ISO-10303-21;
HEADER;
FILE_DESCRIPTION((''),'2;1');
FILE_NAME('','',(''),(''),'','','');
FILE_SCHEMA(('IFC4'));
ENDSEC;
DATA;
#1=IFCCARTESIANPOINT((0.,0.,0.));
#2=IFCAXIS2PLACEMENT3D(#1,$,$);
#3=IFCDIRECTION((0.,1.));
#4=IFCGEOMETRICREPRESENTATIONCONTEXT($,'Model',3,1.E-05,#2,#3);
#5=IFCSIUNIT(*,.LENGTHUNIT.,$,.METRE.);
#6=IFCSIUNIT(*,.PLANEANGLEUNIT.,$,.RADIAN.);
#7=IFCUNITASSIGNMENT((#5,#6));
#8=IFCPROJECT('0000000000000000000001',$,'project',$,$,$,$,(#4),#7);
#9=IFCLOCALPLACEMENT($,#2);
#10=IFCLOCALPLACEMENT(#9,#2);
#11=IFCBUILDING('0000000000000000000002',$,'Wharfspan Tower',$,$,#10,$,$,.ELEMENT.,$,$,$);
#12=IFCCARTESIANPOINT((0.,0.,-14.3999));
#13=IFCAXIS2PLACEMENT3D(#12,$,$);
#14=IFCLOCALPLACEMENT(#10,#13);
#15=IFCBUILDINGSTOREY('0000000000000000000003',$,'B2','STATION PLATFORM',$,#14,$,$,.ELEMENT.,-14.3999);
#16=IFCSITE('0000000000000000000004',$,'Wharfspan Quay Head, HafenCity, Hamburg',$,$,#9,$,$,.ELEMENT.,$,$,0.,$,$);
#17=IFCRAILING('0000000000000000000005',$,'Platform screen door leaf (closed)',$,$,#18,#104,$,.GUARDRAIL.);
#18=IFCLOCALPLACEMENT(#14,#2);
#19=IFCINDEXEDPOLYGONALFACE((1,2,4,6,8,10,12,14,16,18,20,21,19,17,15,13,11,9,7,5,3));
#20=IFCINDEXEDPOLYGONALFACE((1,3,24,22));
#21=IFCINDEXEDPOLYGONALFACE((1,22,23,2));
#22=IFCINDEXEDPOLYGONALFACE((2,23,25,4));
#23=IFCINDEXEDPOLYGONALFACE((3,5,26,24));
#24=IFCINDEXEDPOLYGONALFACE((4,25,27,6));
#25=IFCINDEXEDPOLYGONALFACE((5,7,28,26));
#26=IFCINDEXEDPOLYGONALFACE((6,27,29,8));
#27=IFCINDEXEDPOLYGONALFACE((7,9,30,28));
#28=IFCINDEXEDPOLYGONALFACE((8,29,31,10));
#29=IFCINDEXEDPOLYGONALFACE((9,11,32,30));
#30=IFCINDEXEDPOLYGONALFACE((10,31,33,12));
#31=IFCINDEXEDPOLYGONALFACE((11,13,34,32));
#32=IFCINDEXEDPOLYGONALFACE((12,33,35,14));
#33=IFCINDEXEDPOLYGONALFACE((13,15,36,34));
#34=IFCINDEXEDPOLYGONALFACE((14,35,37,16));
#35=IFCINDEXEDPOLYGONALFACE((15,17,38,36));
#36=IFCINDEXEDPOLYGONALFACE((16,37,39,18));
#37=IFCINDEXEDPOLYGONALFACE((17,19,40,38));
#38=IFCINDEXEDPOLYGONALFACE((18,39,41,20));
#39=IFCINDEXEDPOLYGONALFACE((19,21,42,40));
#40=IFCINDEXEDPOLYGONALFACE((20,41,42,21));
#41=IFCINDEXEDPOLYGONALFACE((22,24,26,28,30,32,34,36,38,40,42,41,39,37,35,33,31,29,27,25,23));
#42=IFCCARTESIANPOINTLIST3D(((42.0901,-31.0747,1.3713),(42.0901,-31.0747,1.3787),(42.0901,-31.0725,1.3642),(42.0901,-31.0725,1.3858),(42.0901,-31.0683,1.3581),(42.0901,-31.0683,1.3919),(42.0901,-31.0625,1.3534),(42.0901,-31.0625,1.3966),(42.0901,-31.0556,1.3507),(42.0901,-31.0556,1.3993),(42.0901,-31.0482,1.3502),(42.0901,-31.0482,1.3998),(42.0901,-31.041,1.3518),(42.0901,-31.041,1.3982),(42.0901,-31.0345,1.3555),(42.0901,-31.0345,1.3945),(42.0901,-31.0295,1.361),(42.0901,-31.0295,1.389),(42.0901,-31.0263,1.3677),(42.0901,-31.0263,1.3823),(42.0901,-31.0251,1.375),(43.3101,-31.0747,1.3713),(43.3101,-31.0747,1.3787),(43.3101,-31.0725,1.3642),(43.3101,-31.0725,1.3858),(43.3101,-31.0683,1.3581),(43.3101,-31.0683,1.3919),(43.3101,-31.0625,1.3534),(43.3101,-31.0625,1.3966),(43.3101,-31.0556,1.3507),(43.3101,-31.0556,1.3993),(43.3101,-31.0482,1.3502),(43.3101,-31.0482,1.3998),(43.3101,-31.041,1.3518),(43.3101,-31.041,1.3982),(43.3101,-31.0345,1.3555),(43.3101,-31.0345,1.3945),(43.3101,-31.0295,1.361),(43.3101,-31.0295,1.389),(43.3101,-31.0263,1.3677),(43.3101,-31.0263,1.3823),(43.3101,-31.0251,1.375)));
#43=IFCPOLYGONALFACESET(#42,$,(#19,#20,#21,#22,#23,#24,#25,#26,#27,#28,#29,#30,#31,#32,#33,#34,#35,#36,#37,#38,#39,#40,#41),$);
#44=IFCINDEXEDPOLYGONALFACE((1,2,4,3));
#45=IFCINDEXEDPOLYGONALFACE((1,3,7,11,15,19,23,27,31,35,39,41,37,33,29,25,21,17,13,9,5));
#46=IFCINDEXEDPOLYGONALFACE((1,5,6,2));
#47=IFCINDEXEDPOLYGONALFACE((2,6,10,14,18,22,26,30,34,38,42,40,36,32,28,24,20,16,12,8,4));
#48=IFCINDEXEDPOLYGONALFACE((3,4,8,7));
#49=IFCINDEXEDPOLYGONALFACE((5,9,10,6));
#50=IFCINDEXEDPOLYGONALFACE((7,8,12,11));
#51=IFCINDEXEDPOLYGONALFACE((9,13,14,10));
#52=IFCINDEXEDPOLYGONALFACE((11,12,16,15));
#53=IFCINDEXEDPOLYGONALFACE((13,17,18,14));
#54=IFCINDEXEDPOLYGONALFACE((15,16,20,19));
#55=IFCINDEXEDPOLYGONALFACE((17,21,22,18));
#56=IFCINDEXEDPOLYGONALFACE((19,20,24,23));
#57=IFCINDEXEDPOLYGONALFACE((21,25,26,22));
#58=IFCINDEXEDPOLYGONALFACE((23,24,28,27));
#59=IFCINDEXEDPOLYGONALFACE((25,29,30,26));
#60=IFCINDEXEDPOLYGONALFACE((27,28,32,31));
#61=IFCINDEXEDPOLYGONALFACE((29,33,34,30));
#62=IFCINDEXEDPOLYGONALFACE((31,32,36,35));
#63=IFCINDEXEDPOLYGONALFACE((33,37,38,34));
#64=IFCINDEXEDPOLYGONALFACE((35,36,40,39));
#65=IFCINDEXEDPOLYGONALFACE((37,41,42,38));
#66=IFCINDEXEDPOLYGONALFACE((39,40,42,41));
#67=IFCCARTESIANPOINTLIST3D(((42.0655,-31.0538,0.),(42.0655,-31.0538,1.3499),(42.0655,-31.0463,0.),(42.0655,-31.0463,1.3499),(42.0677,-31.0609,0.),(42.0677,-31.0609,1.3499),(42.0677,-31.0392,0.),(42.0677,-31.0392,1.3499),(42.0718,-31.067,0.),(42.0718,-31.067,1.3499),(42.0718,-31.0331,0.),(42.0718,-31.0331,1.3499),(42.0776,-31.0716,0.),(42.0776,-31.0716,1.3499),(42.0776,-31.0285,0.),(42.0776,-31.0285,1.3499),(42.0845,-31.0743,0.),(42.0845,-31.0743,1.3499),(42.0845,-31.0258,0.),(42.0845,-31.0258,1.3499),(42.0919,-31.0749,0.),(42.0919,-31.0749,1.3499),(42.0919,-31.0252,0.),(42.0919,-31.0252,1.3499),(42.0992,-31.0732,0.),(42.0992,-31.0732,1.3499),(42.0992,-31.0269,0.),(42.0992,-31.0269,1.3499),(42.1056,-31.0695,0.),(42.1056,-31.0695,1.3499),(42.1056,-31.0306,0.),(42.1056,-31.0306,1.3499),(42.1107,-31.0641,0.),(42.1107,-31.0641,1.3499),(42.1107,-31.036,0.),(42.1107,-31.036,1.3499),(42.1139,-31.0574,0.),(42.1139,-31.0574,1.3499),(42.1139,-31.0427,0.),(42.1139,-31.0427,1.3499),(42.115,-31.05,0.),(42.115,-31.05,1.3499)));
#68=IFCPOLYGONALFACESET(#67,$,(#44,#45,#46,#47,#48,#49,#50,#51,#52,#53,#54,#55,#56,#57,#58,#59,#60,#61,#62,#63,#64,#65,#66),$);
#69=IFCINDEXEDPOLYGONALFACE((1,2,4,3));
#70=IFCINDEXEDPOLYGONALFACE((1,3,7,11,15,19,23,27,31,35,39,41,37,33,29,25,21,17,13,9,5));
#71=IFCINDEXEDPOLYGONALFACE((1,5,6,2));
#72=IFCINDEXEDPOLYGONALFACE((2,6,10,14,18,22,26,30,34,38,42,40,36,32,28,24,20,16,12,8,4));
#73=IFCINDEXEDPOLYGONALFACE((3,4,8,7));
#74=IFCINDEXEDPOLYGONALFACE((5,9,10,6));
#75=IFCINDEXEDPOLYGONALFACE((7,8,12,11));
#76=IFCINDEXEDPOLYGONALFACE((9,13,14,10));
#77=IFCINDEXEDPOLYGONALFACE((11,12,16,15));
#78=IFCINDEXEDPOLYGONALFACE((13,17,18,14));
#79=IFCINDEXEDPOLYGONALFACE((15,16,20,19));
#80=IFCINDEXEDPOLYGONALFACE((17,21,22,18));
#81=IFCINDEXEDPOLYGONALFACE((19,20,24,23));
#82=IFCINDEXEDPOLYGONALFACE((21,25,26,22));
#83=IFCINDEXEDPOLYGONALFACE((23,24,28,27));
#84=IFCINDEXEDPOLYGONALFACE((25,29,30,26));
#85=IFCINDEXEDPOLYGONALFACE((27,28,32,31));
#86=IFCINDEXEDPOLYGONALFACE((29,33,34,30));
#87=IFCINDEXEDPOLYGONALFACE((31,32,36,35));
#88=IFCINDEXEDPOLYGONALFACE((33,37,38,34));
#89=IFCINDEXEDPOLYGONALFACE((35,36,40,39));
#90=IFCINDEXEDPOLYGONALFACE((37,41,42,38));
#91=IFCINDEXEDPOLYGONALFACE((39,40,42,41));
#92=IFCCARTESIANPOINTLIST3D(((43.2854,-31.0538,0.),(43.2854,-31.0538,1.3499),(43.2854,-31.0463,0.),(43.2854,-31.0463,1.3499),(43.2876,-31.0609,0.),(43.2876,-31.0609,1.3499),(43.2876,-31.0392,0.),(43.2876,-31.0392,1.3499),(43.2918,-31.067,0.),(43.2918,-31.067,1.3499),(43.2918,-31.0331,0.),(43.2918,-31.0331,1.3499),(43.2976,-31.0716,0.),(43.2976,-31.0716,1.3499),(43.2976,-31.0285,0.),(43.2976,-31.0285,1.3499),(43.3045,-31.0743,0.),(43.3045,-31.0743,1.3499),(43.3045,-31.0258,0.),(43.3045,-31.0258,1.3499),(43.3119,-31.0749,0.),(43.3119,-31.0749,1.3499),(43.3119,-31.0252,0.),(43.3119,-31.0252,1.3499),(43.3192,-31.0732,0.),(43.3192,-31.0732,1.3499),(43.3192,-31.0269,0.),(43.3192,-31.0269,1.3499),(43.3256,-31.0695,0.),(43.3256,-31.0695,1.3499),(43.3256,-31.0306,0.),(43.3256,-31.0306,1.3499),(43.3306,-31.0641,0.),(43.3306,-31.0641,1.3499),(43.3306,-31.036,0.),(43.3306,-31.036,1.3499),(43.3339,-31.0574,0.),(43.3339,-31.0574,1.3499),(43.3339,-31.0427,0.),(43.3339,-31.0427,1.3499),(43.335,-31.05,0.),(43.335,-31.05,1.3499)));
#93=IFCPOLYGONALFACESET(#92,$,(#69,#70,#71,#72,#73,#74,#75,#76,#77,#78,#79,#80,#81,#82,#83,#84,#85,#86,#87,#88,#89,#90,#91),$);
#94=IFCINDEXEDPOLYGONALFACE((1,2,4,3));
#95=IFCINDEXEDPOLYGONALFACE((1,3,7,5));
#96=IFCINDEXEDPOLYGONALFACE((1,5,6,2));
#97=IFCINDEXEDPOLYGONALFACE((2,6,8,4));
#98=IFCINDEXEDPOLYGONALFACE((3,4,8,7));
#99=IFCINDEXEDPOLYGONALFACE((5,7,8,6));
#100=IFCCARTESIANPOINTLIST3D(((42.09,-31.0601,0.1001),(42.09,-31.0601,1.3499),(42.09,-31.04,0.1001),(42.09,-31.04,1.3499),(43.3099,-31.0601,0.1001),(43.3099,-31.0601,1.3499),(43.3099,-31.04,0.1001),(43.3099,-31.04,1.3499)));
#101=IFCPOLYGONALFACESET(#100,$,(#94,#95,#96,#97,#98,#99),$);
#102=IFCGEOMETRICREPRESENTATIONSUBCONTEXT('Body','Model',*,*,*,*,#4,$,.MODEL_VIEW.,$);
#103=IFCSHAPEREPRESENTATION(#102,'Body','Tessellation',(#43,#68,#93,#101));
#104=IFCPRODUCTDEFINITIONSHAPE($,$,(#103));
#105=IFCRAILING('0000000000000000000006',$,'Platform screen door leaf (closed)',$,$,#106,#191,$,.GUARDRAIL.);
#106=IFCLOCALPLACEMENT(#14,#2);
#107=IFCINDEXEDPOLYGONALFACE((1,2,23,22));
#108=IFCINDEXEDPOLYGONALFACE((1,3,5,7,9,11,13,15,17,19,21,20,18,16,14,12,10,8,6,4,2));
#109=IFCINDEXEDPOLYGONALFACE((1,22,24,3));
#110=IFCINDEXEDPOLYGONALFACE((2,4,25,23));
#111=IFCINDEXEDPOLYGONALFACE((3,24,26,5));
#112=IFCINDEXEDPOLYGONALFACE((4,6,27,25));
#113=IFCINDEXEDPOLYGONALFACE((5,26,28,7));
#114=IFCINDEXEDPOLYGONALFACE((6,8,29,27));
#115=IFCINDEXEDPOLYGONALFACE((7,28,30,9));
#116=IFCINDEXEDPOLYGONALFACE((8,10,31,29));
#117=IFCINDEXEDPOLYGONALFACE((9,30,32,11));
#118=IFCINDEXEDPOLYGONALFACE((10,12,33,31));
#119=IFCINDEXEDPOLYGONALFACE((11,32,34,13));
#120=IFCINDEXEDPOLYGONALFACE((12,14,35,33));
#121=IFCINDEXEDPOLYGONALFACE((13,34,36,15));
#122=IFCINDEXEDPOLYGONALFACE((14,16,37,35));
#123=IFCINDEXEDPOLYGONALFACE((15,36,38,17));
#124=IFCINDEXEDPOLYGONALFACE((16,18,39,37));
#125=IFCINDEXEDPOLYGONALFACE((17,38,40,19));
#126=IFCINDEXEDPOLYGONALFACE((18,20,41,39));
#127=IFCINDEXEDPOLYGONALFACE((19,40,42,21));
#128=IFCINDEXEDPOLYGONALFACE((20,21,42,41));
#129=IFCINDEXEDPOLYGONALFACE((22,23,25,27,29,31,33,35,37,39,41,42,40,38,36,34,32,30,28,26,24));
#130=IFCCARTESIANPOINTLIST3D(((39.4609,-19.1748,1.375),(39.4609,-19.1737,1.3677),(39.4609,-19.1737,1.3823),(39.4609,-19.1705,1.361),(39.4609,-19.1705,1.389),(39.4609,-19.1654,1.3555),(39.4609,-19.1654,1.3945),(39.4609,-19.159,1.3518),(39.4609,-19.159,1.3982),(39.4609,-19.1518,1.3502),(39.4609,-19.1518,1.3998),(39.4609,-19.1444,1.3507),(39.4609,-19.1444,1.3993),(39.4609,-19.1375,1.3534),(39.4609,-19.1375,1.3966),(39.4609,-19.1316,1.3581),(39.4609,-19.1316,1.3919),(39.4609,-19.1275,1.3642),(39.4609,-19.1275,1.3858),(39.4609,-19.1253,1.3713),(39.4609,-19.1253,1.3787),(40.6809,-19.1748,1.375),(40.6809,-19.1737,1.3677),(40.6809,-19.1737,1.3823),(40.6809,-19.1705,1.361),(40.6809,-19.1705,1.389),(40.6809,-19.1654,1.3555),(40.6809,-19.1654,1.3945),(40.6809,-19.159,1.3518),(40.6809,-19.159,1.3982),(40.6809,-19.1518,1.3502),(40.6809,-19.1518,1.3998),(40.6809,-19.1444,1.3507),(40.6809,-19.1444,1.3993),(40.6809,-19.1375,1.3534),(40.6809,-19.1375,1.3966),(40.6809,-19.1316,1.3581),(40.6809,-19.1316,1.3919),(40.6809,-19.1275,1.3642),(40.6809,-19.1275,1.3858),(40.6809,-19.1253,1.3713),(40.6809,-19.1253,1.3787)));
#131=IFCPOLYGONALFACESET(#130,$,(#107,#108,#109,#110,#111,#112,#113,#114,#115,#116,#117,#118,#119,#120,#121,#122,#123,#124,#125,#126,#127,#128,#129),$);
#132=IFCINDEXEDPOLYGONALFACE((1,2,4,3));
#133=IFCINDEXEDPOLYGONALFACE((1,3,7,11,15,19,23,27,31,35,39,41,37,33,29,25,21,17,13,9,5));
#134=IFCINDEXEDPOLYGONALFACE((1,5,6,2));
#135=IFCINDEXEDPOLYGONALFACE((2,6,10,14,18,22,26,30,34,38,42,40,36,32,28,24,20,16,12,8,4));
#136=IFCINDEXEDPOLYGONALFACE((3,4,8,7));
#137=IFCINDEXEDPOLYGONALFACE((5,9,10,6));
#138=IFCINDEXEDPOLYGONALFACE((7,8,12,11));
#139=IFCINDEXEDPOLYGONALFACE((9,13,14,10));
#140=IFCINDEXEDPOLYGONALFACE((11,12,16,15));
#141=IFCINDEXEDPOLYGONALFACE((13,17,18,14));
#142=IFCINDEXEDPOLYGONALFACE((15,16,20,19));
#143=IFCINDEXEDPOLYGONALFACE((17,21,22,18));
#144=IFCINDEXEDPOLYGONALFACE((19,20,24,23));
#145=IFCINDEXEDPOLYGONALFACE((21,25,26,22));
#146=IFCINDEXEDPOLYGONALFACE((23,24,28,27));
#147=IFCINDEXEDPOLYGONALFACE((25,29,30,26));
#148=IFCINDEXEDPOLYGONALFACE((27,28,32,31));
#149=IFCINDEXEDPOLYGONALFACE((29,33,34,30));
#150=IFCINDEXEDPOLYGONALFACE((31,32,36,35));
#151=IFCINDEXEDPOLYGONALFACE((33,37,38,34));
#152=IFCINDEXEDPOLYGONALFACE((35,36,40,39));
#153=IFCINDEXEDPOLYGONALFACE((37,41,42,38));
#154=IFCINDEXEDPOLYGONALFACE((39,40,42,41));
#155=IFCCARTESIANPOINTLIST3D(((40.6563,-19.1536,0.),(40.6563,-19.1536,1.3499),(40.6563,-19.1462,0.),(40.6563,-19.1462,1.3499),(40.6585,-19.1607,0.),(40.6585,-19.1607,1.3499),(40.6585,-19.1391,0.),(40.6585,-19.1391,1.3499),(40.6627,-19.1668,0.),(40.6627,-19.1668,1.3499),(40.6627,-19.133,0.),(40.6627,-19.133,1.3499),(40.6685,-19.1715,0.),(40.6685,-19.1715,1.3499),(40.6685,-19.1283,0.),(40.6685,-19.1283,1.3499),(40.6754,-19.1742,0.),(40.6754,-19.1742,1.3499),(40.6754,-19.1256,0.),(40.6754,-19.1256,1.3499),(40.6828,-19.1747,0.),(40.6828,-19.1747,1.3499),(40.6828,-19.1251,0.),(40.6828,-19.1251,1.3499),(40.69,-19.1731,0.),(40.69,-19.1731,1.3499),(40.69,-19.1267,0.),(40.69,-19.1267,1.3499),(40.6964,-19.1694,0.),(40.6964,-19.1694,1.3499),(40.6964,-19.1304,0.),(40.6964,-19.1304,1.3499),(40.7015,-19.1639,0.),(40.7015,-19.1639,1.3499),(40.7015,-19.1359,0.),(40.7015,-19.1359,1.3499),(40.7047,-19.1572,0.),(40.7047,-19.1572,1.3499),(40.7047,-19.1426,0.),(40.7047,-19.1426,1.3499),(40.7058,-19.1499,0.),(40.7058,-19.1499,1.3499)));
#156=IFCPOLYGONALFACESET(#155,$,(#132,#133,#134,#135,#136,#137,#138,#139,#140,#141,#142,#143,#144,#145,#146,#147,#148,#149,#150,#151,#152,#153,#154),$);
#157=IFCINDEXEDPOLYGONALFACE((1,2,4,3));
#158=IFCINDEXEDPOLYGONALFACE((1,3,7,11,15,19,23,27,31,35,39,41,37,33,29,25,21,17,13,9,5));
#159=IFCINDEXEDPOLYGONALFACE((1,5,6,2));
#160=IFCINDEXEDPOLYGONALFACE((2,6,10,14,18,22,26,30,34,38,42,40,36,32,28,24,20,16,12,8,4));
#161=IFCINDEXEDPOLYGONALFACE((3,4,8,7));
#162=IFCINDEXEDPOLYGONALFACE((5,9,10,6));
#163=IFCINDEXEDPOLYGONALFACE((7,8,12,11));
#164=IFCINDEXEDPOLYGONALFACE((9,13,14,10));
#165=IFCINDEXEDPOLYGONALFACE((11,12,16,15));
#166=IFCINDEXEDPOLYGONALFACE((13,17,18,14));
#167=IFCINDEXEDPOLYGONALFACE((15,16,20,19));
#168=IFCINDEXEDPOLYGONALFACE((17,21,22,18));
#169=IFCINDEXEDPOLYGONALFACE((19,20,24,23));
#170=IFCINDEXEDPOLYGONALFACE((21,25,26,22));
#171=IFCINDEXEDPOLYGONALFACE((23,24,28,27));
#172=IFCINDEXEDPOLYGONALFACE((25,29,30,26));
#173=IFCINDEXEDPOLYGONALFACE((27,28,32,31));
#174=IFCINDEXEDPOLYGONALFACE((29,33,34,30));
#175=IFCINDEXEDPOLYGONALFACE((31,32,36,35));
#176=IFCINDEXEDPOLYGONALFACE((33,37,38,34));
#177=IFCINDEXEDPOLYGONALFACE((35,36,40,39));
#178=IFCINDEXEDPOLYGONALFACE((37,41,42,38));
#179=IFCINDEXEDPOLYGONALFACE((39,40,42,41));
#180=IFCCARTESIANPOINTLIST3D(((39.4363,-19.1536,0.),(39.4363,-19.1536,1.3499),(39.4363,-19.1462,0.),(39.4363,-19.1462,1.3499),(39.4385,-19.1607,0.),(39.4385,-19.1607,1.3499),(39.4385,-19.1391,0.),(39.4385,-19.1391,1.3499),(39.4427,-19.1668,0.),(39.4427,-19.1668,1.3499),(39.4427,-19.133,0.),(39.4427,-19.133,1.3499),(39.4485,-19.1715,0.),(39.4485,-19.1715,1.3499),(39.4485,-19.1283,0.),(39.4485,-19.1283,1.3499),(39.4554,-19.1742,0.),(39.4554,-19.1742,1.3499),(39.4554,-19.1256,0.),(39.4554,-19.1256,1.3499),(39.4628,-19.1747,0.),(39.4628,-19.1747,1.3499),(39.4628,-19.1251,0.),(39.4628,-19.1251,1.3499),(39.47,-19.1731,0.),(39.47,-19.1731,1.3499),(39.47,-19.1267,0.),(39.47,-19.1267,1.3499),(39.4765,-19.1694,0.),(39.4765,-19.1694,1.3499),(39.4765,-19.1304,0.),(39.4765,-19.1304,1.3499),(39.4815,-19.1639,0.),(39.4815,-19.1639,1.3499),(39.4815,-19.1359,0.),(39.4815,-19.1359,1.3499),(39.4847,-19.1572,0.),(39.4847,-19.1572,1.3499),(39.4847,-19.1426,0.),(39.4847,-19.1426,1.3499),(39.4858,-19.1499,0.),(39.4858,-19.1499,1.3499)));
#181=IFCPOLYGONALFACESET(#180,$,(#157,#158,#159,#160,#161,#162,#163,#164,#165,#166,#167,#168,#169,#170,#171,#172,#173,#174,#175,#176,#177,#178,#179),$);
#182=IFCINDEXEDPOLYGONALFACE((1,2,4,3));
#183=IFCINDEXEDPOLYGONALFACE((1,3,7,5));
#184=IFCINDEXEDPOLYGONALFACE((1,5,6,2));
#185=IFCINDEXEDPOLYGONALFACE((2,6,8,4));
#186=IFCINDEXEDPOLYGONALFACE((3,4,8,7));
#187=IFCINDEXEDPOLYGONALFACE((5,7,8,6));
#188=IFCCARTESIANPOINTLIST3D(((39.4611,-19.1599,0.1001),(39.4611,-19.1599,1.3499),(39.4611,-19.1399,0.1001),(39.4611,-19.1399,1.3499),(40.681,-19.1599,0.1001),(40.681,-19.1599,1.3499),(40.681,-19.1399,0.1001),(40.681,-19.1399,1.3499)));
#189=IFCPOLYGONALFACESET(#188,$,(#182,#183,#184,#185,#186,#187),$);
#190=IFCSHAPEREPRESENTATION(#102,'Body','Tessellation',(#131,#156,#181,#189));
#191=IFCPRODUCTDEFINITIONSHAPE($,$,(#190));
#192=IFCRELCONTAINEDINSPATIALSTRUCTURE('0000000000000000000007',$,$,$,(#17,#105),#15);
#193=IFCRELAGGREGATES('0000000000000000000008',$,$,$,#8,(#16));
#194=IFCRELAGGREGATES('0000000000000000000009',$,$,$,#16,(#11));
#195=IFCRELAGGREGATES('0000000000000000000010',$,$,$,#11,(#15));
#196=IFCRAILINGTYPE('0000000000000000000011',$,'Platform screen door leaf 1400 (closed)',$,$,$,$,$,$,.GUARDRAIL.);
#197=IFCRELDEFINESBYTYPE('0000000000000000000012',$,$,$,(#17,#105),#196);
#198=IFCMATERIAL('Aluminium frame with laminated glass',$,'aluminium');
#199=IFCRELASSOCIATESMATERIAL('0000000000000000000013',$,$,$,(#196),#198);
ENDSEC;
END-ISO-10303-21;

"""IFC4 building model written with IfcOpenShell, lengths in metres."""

from ifc_helpers import new_model, si_unit, direction, frame, origin, origin_2d, place, context, subcontext, project, spatial, rectangle, circle, extrude, material, type_object, element, save


model = new_model("IFC4")

# Units and contexts
model_context = context("Model", 3, precision=1e-05, world=origin(), true_north=direction((0.0, 1.0)))
body_context = subcontext(model_context, "Body", "Model", "MODEL_VIEW")
ifc_project = project(units=[si_unit("LENGTHUNIT", "METRE"), si_unit("PLANEANGLEUNIT", "RADIAN")], contexts=[model_context])

# Site, building, storey
site_placement = place(None, origin())
site = spatial("IfcSite", under=ifc_project, at=site_placement, Name="Wharfspan Quay Head, HafenCity, Hamburg", CompositionType="ELEMENT", RefElevation=0.0)
building_placement = place(site_placement, origin())
building = spatial("IfcBuilding", under=site, at=building_placement, Name="Wharfspan Tower", CompositionType="ELEMENT")
storey_placement = place(building_placement, frame((0.0, 0.0, -14.3999)))
storey = spatial("IfcBuildingStorey", under=building, at=storey_placement, Name="B2", Description="STATION PLATFORM", CompositionType="ELEMENT", Elevation=-14.3999)

# Railings
ifc_material_1 = material(Name="Aluminium frame with laminated glass", Category="aluminium")
railing_type_1 = type_object("IfcRailingType", Name="Platform screen door leaf 1400 (closed)", PredefinedType="GUARDRAIL", material=ifc_material_1)
for number, where, name in (
    (1, (42.0901, -31.05, 0.0), "Platform screen door leaf (closed)"),
):
    element("IfcRailing", number, at=place(storey_placement, frame(where)), inside=storey, type_object=railing_type_1, Name=name, PredefinedType="GUARDRAIL", context=body_context, shape_type="SweptSolid", body=[
        extrude(circle(Radius=0.0249, at=origin_2d()), frame((0.0, 0.0, 1.375), z_axis=(1.0, 0.0, 0.0), x_axis=(0.0, 1.0, 0.0)), (0.0, 0.0, 1.0), 1.22),
        extrude(circle(Radius=0.0249, at=origin_2d()), origin(), (0.0, 0.0, 1.0), 1.3499),
        extrude(circle(Radius=0.0249, at=origin_2d()), frame((1.22, 0.0, 0.0)), (0.0, 0.0, 1.0), 1.3499),
        extrude(rectangle(XDim=1.22, YDim=0.02, at=origin_2d()), frame((0.6099, 0.0, 0.1001), z_axis=(0.0, 0.0, 1.0), x_axis=(1.0, 0.0, 0.0)), (0.0, 0.0, 1.0), 1.2498),
    ])
for number, where, name in (
    (2, (40.6809, -19.1499, 0.0), "Platform screen door leaf (closed)"),
):
    element("IfcRailing", number, at=place(storey_placement, frame(where)), inside=storey, type_object=railing_type_1, Name=name, PredefinedType="GUARDRAIL", context=body_context, shape_type="SweptSolid", body=[
        extrude(circle(Radius=0.0249, at=origin_2d()), frame((0.0, 0.0, 1.375), z_axis=(-1.0, 0.0, 0.0), x_axis=(0.0, -1.0, 0.0)), (0.0, 0.0, 1.0), 1.22),
        extrude(circle(Radius=0.0249, at=origin_2d()), origin(), (0.0, 0.0, 1.0), 1.3499),
        extrude(circle(Radius=0.0249, at=origin_2d()), frame((-1.22, 0.0, 0.0)), (0.0, 0.0, 1.0), 1.3499),
        extrude(rectangle(XDim=1.22, YDim=0.02, at=origin_2d()), frame((-0.6099, 0.0, 0.1001), z_axis=(0.0, 0.0, 1.0), x_axis=(-1.0, 0.0, 0.0)), (0.0, 0.0, 1.0), 1.2498),
    ])

save(model, "model.ifc")
